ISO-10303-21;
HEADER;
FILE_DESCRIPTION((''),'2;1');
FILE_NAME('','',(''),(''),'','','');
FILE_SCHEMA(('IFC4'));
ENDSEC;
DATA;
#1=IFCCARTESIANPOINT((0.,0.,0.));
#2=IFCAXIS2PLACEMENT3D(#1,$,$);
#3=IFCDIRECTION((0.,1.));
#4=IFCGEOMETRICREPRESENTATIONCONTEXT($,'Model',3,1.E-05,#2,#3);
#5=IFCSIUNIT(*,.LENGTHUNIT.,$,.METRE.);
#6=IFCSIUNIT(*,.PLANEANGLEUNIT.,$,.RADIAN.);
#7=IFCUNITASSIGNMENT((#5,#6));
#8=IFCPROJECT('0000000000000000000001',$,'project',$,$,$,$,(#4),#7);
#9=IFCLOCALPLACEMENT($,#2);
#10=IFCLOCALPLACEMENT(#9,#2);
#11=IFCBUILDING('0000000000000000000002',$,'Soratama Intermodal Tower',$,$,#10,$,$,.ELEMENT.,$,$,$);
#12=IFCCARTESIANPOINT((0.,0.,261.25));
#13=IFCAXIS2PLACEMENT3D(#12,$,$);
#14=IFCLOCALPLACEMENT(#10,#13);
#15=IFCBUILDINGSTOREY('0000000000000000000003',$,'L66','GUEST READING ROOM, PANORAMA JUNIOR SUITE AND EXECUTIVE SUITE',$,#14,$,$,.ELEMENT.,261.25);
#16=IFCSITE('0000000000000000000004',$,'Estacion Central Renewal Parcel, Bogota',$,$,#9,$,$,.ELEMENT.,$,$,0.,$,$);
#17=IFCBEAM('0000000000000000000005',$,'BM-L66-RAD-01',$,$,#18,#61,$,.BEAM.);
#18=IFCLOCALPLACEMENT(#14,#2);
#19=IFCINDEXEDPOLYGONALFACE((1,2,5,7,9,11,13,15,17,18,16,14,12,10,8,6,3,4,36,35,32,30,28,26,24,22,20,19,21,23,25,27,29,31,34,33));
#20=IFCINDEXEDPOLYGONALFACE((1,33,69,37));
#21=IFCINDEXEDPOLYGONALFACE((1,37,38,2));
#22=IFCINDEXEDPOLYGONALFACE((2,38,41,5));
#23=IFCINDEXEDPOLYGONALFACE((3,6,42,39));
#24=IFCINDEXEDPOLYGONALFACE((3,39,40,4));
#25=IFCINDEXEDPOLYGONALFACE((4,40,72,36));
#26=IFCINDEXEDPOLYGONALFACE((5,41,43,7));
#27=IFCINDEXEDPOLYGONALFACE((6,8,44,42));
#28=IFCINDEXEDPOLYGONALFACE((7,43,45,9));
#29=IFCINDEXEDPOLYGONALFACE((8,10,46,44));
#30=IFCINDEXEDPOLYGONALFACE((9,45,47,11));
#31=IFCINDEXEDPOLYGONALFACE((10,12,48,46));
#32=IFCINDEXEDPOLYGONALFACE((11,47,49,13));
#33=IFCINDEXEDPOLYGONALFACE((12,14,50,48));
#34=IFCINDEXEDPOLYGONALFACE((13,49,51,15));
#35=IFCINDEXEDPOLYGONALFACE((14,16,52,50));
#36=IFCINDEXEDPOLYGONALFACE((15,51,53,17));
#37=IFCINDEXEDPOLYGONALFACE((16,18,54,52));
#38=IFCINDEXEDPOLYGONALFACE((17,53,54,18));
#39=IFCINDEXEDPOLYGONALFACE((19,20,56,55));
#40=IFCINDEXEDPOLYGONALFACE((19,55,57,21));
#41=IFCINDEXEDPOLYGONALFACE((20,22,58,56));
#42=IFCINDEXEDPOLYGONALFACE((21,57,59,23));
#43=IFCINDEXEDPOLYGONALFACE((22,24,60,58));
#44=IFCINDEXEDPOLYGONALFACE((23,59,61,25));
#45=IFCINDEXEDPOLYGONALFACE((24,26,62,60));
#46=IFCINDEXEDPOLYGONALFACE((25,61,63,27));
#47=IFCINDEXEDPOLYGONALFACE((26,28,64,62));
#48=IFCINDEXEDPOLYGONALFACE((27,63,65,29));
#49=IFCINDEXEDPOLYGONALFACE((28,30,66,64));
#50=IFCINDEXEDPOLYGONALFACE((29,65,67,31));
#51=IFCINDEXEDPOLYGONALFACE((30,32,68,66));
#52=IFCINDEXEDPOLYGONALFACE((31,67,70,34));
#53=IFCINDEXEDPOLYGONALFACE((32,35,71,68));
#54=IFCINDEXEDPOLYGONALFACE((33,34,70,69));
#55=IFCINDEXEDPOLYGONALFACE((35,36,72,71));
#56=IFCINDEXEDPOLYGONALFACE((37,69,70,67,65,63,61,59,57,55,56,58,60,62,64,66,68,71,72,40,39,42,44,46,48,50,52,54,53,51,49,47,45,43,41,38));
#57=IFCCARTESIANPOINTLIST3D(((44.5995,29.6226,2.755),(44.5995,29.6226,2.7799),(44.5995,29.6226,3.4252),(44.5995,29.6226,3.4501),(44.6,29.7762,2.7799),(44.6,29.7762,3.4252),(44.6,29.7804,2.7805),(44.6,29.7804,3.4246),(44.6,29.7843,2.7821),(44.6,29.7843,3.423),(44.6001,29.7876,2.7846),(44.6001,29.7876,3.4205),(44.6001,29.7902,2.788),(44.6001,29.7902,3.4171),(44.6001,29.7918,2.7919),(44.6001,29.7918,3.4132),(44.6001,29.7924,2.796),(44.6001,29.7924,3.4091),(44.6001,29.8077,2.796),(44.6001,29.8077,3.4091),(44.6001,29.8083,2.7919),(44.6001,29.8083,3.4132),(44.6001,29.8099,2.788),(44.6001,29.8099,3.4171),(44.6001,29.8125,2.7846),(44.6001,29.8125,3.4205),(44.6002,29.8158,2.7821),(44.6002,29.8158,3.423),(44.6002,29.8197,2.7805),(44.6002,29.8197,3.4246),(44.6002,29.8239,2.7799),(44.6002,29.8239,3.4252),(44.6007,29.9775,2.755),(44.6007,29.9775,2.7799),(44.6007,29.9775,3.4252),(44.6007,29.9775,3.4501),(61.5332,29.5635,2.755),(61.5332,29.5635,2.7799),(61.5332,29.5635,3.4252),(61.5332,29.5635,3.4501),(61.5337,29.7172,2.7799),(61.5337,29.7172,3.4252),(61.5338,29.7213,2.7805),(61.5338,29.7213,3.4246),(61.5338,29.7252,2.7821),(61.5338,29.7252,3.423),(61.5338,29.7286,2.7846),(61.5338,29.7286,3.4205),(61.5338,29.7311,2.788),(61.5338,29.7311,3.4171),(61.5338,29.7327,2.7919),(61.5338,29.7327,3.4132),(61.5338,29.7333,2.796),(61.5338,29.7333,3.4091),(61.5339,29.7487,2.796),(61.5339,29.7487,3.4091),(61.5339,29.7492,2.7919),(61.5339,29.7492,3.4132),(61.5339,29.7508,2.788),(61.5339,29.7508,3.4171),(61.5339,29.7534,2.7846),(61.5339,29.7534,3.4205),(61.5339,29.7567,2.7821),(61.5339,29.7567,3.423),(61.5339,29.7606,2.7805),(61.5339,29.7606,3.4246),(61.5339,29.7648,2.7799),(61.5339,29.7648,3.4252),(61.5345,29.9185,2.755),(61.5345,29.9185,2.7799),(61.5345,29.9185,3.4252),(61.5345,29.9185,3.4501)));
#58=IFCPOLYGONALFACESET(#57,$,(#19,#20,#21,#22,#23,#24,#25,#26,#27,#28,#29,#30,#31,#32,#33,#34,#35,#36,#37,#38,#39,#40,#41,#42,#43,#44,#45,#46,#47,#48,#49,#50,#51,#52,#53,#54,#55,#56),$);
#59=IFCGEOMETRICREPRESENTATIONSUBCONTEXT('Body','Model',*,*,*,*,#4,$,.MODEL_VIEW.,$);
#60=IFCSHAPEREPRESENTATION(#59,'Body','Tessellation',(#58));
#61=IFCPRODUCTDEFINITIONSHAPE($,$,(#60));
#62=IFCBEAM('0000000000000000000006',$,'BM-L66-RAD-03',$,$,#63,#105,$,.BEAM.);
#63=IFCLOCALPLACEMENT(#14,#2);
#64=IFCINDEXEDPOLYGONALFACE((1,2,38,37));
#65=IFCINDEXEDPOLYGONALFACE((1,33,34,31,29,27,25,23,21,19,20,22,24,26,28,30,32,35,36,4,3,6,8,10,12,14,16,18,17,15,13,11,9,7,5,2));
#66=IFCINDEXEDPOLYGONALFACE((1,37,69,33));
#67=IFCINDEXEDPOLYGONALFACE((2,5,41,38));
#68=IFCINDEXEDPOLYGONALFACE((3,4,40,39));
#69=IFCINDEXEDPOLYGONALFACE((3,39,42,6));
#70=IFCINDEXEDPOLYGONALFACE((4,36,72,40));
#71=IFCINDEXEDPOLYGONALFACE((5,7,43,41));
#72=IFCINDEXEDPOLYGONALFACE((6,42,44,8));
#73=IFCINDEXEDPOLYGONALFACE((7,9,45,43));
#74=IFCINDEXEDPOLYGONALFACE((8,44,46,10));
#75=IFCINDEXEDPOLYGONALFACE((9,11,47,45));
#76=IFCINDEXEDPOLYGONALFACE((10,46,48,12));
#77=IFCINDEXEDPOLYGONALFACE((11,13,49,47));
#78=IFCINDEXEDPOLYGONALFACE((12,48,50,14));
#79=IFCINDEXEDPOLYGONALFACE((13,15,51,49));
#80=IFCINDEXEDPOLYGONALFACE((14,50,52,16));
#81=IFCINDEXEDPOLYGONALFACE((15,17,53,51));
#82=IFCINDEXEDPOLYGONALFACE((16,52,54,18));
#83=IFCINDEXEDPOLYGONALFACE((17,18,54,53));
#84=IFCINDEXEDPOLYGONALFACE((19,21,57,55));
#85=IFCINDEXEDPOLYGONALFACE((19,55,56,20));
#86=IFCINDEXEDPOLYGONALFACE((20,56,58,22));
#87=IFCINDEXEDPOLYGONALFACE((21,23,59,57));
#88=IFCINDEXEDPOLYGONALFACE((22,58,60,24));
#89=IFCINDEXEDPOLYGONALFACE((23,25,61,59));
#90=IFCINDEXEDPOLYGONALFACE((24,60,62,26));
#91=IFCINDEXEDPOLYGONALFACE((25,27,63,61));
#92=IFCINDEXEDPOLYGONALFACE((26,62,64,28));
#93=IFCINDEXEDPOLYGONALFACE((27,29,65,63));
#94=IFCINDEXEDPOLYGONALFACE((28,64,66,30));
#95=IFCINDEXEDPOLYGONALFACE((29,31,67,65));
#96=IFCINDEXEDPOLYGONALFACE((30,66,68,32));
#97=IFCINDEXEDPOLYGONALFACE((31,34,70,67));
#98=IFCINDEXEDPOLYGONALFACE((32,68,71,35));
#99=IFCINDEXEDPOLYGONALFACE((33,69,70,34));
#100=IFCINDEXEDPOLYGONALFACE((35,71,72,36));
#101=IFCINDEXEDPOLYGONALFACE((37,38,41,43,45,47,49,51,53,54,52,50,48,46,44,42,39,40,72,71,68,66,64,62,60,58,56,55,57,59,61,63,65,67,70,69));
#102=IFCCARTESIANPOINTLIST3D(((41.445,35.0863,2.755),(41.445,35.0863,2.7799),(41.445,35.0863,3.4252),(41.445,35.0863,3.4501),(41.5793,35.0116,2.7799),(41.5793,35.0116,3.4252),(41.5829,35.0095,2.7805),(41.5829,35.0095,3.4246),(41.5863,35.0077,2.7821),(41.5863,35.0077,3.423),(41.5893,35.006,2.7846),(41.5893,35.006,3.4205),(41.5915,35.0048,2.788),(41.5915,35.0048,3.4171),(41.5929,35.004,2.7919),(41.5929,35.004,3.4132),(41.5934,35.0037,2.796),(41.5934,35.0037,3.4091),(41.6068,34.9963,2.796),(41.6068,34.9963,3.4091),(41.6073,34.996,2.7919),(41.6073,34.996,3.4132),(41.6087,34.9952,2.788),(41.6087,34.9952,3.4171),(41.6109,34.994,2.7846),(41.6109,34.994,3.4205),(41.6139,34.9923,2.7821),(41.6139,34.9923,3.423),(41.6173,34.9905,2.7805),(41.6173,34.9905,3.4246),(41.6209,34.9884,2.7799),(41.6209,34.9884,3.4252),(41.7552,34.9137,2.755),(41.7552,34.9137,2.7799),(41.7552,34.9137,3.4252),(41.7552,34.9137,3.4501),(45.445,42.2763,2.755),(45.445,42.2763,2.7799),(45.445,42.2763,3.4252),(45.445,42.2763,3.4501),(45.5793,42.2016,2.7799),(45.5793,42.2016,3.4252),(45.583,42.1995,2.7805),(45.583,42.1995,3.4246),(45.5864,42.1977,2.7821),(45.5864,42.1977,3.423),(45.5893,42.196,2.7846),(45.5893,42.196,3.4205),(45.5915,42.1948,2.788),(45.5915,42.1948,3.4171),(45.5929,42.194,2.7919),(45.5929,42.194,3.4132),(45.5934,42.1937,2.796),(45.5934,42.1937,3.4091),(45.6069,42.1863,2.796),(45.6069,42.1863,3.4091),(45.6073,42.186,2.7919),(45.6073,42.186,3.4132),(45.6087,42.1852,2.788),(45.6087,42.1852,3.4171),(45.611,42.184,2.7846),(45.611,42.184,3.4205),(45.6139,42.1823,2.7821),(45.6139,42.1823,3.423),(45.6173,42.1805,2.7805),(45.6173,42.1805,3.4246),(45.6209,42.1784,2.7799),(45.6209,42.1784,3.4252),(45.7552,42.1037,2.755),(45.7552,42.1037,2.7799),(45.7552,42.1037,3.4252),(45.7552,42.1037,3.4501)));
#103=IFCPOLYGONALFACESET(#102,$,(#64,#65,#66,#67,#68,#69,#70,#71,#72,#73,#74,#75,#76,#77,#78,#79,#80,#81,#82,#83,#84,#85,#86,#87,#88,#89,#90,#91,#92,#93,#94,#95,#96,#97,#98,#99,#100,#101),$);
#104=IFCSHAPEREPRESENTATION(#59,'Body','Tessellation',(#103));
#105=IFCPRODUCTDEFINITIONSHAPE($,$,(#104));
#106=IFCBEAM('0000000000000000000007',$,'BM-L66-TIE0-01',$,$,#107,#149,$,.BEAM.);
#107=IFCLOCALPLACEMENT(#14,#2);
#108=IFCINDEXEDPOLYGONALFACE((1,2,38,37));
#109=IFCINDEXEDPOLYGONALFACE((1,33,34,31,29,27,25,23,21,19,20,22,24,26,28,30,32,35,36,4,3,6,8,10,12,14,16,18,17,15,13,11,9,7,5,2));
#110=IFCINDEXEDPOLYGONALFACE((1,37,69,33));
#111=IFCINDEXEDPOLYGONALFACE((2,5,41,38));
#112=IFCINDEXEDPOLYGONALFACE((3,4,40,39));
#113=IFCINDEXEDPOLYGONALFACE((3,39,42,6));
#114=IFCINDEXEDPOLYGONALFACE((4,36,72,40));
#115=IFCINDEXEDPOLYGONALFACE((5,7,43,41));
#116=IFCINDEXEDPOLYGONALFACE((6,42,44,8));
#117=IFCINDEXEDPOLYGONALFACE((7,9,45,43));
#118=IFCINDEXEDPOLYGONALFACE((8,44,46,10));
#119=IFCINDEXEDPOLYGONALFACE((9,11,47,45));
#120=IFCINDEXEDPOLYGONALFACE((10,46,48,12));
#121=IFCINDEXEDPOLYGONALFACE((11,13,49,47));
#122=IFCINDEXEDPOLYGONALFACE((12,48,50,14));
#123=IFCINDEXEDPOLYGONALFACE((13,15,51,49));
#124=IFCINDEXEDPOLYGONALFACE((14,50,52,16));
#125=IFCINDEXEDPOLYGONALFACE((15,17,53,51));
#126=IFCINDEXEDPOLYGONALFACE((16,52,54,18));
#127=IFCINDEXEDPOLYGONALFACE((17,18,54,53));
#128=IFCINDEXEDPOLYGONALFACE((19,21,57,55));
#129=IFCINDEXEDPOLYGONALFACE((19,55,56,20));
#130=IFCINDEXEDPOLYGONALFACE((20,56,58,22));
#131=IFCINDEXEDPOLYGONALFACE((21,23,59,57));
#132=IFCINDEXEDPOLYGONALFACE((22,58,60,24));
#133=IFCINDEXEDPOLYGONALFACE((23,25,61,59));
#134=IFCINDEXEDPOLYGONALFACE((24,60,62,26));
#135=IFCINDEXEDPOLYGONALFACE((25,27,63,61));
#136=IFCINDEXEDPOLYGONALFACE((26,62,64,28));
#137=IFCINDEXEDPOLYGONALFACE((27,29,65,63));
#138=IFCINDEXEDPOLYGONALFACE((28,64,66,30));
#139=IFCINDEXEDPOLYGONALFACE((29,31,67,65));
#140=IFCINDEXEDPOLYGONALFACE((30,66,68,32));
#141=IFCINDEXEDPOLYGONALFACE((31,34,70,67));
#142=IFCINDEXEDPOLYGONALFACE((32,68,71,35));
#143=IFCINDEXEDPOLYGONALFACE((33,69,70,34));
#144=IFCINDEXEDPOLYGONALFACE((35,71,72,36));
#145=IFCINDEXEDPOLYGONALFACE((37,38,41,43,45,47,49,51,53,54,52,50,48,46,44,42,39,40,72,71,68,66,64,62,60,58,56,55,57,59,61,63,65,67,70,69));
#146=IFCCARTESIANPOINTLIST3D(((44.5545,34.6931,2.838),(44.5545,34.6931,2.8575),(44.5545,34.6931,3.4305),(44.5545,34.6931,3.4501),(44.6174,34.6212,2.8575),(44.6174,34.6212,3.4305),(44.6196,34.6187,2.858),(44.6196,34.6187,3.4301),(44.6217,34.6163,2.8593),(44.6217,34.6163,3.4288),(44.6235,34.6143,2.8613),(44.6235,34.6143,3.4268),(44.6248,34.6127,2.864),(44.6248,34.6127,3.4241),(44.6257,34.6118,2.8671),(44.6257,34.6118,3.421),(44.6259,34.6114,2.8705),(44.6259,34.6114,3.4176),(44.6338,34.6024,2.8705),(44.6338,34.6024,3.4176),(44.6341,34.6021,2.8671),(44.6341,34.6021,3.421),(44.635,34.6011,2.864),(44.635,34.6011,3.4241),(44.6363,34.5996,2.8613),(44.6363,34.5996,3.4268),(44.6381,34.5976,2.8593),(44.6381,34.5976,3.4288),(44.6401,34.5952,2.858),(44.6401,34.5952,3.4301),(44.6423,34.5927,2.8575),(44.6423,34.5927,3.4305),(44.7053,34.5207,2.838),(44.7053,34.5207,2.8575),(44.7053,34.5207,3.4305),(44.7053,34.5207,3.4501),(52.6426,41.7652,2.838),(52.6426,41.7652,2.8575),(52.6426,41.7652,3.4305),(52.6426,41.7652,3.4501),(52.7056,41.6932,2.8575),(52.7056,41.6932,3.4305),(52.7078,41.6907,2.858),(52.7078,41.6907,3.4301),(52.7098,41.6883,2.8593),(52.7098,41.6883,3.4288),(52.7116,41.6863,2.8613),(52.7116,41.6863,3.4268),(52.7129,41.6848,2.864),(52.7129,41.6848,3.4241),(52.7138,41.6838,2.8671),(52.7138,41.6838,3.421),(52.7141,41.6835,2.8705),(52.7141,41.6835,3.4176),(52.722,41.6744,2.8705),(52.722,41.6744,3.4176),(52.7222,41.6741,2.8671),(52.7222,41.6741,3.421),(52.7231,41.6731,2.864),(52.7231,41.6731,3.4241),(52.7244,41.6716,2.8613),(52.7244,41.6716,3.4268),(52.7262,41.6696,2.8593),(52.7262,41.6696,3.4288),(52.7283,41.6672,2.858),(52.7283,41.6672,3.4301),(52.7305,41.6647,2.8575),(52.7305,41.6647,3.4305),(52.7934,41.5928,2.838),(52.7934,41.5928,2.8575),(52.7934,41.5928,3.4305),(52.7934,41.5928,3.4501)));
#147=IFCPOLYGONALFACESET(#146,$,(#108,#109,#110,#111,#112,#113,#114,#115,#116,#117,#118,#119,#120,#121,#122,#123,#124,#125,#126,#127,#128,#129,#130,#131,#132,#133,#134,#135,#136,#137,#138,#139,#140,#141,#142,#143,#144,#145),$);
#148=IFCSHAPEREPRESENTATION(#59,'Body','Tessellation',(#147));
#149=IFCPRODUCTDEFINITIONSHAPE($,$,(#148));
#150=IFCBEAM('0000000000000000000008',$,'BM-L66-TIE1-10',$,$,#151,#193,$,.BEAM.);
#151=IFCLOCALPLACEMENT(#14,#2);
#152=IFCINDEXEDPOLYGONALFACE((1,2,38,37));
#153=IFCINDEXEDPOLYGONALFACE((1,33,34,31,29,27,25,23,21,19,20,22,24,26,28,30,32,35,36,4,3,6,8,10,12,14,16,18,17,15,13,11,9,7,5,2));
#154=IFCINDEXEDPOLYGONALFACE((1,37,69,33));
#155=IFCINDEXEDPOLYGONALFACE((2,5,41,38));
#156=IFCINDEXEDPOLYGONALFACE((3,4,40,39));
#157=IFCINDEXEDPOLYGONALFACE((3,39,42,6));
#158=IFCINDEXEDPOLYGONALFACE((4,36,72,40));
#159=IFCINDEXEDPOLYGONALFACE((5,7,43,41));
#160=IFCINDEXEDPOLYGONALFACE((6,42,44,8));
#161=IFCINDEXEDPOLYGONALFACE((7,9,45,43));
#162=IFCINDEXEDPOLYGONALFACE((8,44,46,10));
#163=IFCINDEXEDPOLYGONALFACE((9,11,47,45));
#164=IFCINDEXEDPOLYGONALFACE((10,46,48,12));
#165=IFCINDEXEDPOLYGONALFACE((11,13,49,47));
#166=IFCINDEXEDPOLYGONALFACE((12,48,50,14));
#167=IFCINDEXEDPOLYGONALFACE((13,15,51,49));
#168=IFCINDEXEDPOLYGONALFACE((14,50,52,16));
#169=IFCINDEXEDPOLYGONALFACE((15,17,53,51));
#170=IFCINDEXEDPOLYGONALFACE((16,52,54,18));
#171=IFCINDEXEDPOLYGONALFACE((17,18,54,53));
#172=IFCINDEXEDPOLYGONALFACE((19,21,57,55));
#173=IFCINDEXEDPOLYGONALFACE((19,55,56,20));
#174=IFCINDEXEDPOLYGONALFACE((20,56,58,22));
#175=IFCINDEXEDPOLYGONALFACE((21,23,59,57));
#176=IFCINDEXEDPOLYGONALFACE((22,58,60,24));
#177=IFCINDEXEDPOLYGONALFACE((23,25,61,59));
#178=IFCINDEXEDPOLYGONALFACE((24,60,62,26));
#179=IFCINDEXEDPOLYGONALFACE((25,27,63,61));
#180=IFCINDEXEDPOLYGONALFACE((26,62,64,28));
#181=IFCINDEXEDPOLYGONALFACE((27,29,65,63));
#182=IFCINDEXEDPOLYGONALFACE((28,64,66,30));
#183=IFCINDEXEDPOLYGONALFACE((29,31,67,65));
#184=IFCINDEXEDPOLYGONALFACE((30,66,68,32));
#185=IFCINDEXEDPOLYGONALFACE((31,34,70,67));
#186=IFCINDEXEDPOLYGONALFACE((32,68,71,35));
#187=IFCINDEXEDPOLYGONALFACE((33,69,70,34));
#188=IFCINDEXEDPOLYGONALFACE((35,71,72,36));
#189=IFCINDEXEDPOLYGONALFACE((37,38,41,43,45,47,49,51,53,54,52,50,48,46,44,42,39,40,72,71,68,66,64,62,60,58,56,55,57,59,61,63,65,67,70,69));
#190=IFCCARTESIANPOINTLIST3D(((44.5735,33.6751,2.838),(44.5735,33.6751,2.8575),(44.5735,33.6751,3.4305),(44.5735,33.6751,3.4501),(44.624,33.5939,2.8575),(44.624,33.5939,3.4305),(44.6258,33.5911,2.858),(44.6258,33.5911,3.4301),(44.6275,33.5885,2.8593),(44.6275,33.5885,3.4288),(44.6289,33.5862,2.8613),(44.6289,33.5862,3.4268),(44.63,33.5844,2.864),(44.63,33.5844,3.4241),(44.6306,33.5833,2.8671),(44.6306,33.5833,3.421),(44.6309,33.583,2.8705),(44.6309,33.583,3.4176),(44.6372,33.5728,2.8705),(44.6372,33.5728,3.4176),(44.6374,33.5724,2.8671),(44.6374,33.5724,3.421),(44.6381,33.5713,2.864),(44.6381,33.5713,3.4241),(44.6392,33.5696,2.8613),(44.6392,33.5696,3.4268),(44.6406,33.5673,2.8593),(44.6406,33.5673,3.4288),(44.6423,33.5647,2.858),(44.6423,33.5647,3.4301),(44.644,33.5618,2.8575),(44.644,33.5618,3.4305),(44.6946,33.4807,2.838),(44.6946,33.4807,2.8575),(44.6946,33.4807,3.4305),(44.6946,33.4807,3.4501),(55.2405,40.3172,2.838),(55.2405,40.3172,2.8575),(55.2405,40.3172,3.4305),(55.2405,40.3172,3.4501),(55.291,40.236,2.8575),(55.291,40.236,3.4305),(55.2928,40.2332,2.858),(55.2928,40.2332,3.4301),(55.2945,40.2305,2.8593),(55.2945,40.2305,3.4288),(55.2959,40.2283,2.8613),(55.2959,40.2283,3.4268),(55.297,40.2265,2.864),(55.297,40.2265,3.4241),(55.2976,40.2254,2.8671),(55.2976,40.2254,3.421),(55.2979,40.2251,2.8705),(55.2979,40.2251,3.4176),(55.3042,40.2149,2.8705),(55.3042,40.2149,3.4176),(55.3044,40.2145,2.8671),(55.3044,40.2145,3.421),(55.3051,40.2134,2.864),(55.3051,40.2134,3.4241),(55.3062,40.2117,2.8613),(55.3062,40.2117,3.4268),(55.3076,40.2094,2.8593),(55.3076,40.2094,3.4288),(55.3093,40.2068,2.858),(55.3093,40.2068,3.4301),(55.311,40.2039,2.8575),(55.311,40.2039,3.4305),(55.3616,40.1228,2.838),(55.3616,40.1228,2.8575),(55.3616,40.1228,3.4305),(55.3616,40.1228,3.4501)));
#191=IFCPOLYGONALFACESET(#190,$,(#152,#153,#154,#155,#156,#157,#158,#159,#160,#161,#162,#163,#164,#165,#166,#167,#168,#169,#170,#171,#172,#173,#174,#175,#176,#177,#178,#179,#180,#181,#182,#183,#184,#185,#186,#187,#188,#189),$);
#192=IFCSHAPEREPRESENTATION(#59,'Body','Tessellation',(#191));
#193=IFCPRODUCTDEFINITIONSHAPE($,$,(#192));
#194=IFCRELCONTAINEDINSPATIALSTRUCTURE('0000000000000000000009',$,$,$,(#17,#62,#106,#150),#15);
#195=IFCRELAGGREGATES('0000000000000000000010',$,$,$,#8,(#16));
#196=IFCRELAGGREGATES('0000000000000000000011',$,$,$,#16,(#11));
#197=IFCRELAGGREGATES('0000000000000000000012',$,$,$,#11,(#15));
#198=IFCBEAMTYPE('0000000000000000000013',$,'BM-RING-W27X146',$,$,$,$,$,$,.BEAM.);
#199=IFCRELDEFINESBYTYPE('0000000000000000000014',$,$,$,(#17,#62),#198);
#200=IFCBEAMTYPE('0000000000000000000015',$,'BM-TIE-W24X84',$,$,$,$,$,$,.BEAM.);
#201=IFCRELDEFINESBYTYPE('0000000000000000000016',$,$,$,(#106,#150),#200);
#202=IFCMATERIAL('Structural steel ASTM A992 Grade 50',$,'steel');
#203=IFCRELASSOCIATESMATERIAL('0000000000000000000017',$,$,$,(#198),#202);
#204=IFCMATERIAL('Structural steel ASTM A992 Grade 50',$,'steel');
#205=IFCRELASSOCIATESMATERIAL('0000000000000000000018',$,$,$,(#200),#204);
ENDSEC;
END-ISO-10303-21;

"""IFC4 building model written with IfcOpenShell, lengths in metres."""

from ifc_helpers import new_model, si_unit, direction, frame, origin, origin_2d, place, context, subcontext, project, spatial, i_section, extrude, material, material_profile, profile_set, type_object, element, save


model = new_model("IFC4")

# Units and contexts
model_context = context("Model", 3, precision=1e-05, world=origin(), true_north=direction((0.0, 1.0)))
body_context = subcontext(model_context, "Body", "Model", "MODEL_VIEW")
ifc_project = project(units=[si_unit("LENGTHUNIT", "METRE"), si_unit("PLANEANGLEUNIT", "RADIAN")], contexts=[model_context])

# Site, building, storey
site_placement = place(None, origin())
site = spatial("IfcSite", under=ifc_project, at=site_placement, Name="Estacion Central Renewal Parcel, Bogota", CompositionType="ELEMENT", RefElevation=0.0)
building_placement = place(site_placement, origin())
building = spatial("IfcBuilding", under=site, at=building_placement, Name="Soratama Intermodal Tower", CompositionType="ELEMENT")
storey_placement = place(building_placement, frame((0.0, 0.0, 261.25)))
storey = spatial("IfcBuildingStorey", under=building, at=storey_placement, Name="L66", Description="GUEST READING ROOM, PANORAMA JUNIOR SUITE AND EXECUTIVE SUITE", CompositionType="ELEMENT", Elevation=261.25)

# Beams
ifc_material_1 = material(Name="Structural steel ASTM A992 Grade 50", Category="steel")
ifc_material_profile_1 = material_profile(ifc_material_1, i_section(OverallWidth=0.355, OverallDepth=0.6951, WebThickness=0.0154, FlangeThickness=0.0249, FilletRadius=0.0161, at=origin_2d()), Name="W27X146")
ifc_profile_set_1 = profile_set([ifc_material_profile_1], Name="Structural steel ASTM A992 Grade 50")
beam_type_1 = type_object("IfcBeamType", Name="BM-RING-W27X146", PredefinedType="BEAM", material=ifc_profile_set_1)
beam_1_placement = place(storey_placement, frame((44.6001, 29.8, 3.1025), z_axis=(0.999994, -0.003489, 0.0), x_axis=(0.003489, 0.999994, 0.0)))
element("IfcBeam", 1, at=beam_1_placement, inside=storey, type_object=beam_type_1, Name="BM-L66-RAD-01", PredefinedType="BEAM", context=body_context, shape_type="SweptSolid", body=[
    extrude(i_section(OverallWidth=0.355, OverallDepth=0.6951, WebThickness=0.0154, FlangeThickness=0.0249, FilletRadius=0.0161, at=origin_2d()), origin(), (0.0, 0.0, 1.0), 16.9338),
])
beam_2_placement = place(storey_placement, frame((41.6001, 35.0, 3.1025), z_axis=(0.486162, 0.873869, 0.0), x_axis=(-0.873869, 0.486162, 0.0)))
element("IfcBeam", 2, at=beam_2_placement, inside=storey, type_object=beam_type_1, Name="BM-L66-RAD-03", PredefinedType="BEAM", context=body_context, shape_type="SweptSolid", body=[
    extrude(i_section(OverallWidth=0.355, OverallDepth=0.6951, WebThickness=0.0154, FlangeThickness=0.0249, FilletRadius=0.0161, at=origin_2d()), origin(), (0.0, 0.0, 1.0), 8.2278),
])
ifc_material_2 = material(Name="Structural steel ASTM A992 Grade 50", Category="steel")
ifc_material_profile_2 = material_profile(ifc_material_2, i_section(OverallWidth=0.229, OverallDepth=0.6121, WebThickness=0.012, FlangeThickness=0.0195, FilletRadius=0.0129, at=origin_2d()), Name="W24X84")
ifc_profile_set_2 = profile_set([ifc_material_profile_2], Name="Structural steel ASTM A992 Grade 50")
beam_type_2 = type_object("IfcBeamType", Name="BM-TIE-W24X84", PredefinedType="BEAM", material=ifc_profile_set_2)
beam_3_placement = place(storey_placement, frame((44.6299, 34.6069, 3.144), z_axis=(0.752812, 0.658236, 0.0), x_axis=(-0.658236, 0.752812, 0.0)))
element("IfcBeam", 3, at=beam_3_placement, inside=storey, type_object=beam_type_2, Name="BM-L66-TIE0-01", PredefinedType="BEAM", context=body_context, shape_type="SweptSolid", body=[
    extrude(i_section(OverallWidth=0.229, OverallDepth=0.6121, WebThickness=0.012, FlangeThickness=0.0195, FilletRadius=0.0129, at=origin_2d()), origin(), (0.0, 0.0, 1.0), 10.7439),
])
beam_4_placement = place(storey_placement, frame((44.634, 33.5779, 3.144), z_axis=(0.848883, 0.52858, 0.0), x_axis=(-0.52858, 0.848883, 0.0)))
element("IfcBeam", 4, at=beam_4_placement, inside=storey, type_object=beam_type_2, Name="BM-L66-TIE1-10", PredefinedType="BEAM", context=body_context, shape_type="SweptSolid", body=[
    extrude(i_section(OverallWidth=0.229, OverallDepth=0.6121, WebThickness=0.012, FlangeThickness=0.0195, FilletRadius=0.0129, at=origin_2d()), origin(), (0.0, 0.0, 1.0), 12.5659),
])

save(model, "model.ifc")
